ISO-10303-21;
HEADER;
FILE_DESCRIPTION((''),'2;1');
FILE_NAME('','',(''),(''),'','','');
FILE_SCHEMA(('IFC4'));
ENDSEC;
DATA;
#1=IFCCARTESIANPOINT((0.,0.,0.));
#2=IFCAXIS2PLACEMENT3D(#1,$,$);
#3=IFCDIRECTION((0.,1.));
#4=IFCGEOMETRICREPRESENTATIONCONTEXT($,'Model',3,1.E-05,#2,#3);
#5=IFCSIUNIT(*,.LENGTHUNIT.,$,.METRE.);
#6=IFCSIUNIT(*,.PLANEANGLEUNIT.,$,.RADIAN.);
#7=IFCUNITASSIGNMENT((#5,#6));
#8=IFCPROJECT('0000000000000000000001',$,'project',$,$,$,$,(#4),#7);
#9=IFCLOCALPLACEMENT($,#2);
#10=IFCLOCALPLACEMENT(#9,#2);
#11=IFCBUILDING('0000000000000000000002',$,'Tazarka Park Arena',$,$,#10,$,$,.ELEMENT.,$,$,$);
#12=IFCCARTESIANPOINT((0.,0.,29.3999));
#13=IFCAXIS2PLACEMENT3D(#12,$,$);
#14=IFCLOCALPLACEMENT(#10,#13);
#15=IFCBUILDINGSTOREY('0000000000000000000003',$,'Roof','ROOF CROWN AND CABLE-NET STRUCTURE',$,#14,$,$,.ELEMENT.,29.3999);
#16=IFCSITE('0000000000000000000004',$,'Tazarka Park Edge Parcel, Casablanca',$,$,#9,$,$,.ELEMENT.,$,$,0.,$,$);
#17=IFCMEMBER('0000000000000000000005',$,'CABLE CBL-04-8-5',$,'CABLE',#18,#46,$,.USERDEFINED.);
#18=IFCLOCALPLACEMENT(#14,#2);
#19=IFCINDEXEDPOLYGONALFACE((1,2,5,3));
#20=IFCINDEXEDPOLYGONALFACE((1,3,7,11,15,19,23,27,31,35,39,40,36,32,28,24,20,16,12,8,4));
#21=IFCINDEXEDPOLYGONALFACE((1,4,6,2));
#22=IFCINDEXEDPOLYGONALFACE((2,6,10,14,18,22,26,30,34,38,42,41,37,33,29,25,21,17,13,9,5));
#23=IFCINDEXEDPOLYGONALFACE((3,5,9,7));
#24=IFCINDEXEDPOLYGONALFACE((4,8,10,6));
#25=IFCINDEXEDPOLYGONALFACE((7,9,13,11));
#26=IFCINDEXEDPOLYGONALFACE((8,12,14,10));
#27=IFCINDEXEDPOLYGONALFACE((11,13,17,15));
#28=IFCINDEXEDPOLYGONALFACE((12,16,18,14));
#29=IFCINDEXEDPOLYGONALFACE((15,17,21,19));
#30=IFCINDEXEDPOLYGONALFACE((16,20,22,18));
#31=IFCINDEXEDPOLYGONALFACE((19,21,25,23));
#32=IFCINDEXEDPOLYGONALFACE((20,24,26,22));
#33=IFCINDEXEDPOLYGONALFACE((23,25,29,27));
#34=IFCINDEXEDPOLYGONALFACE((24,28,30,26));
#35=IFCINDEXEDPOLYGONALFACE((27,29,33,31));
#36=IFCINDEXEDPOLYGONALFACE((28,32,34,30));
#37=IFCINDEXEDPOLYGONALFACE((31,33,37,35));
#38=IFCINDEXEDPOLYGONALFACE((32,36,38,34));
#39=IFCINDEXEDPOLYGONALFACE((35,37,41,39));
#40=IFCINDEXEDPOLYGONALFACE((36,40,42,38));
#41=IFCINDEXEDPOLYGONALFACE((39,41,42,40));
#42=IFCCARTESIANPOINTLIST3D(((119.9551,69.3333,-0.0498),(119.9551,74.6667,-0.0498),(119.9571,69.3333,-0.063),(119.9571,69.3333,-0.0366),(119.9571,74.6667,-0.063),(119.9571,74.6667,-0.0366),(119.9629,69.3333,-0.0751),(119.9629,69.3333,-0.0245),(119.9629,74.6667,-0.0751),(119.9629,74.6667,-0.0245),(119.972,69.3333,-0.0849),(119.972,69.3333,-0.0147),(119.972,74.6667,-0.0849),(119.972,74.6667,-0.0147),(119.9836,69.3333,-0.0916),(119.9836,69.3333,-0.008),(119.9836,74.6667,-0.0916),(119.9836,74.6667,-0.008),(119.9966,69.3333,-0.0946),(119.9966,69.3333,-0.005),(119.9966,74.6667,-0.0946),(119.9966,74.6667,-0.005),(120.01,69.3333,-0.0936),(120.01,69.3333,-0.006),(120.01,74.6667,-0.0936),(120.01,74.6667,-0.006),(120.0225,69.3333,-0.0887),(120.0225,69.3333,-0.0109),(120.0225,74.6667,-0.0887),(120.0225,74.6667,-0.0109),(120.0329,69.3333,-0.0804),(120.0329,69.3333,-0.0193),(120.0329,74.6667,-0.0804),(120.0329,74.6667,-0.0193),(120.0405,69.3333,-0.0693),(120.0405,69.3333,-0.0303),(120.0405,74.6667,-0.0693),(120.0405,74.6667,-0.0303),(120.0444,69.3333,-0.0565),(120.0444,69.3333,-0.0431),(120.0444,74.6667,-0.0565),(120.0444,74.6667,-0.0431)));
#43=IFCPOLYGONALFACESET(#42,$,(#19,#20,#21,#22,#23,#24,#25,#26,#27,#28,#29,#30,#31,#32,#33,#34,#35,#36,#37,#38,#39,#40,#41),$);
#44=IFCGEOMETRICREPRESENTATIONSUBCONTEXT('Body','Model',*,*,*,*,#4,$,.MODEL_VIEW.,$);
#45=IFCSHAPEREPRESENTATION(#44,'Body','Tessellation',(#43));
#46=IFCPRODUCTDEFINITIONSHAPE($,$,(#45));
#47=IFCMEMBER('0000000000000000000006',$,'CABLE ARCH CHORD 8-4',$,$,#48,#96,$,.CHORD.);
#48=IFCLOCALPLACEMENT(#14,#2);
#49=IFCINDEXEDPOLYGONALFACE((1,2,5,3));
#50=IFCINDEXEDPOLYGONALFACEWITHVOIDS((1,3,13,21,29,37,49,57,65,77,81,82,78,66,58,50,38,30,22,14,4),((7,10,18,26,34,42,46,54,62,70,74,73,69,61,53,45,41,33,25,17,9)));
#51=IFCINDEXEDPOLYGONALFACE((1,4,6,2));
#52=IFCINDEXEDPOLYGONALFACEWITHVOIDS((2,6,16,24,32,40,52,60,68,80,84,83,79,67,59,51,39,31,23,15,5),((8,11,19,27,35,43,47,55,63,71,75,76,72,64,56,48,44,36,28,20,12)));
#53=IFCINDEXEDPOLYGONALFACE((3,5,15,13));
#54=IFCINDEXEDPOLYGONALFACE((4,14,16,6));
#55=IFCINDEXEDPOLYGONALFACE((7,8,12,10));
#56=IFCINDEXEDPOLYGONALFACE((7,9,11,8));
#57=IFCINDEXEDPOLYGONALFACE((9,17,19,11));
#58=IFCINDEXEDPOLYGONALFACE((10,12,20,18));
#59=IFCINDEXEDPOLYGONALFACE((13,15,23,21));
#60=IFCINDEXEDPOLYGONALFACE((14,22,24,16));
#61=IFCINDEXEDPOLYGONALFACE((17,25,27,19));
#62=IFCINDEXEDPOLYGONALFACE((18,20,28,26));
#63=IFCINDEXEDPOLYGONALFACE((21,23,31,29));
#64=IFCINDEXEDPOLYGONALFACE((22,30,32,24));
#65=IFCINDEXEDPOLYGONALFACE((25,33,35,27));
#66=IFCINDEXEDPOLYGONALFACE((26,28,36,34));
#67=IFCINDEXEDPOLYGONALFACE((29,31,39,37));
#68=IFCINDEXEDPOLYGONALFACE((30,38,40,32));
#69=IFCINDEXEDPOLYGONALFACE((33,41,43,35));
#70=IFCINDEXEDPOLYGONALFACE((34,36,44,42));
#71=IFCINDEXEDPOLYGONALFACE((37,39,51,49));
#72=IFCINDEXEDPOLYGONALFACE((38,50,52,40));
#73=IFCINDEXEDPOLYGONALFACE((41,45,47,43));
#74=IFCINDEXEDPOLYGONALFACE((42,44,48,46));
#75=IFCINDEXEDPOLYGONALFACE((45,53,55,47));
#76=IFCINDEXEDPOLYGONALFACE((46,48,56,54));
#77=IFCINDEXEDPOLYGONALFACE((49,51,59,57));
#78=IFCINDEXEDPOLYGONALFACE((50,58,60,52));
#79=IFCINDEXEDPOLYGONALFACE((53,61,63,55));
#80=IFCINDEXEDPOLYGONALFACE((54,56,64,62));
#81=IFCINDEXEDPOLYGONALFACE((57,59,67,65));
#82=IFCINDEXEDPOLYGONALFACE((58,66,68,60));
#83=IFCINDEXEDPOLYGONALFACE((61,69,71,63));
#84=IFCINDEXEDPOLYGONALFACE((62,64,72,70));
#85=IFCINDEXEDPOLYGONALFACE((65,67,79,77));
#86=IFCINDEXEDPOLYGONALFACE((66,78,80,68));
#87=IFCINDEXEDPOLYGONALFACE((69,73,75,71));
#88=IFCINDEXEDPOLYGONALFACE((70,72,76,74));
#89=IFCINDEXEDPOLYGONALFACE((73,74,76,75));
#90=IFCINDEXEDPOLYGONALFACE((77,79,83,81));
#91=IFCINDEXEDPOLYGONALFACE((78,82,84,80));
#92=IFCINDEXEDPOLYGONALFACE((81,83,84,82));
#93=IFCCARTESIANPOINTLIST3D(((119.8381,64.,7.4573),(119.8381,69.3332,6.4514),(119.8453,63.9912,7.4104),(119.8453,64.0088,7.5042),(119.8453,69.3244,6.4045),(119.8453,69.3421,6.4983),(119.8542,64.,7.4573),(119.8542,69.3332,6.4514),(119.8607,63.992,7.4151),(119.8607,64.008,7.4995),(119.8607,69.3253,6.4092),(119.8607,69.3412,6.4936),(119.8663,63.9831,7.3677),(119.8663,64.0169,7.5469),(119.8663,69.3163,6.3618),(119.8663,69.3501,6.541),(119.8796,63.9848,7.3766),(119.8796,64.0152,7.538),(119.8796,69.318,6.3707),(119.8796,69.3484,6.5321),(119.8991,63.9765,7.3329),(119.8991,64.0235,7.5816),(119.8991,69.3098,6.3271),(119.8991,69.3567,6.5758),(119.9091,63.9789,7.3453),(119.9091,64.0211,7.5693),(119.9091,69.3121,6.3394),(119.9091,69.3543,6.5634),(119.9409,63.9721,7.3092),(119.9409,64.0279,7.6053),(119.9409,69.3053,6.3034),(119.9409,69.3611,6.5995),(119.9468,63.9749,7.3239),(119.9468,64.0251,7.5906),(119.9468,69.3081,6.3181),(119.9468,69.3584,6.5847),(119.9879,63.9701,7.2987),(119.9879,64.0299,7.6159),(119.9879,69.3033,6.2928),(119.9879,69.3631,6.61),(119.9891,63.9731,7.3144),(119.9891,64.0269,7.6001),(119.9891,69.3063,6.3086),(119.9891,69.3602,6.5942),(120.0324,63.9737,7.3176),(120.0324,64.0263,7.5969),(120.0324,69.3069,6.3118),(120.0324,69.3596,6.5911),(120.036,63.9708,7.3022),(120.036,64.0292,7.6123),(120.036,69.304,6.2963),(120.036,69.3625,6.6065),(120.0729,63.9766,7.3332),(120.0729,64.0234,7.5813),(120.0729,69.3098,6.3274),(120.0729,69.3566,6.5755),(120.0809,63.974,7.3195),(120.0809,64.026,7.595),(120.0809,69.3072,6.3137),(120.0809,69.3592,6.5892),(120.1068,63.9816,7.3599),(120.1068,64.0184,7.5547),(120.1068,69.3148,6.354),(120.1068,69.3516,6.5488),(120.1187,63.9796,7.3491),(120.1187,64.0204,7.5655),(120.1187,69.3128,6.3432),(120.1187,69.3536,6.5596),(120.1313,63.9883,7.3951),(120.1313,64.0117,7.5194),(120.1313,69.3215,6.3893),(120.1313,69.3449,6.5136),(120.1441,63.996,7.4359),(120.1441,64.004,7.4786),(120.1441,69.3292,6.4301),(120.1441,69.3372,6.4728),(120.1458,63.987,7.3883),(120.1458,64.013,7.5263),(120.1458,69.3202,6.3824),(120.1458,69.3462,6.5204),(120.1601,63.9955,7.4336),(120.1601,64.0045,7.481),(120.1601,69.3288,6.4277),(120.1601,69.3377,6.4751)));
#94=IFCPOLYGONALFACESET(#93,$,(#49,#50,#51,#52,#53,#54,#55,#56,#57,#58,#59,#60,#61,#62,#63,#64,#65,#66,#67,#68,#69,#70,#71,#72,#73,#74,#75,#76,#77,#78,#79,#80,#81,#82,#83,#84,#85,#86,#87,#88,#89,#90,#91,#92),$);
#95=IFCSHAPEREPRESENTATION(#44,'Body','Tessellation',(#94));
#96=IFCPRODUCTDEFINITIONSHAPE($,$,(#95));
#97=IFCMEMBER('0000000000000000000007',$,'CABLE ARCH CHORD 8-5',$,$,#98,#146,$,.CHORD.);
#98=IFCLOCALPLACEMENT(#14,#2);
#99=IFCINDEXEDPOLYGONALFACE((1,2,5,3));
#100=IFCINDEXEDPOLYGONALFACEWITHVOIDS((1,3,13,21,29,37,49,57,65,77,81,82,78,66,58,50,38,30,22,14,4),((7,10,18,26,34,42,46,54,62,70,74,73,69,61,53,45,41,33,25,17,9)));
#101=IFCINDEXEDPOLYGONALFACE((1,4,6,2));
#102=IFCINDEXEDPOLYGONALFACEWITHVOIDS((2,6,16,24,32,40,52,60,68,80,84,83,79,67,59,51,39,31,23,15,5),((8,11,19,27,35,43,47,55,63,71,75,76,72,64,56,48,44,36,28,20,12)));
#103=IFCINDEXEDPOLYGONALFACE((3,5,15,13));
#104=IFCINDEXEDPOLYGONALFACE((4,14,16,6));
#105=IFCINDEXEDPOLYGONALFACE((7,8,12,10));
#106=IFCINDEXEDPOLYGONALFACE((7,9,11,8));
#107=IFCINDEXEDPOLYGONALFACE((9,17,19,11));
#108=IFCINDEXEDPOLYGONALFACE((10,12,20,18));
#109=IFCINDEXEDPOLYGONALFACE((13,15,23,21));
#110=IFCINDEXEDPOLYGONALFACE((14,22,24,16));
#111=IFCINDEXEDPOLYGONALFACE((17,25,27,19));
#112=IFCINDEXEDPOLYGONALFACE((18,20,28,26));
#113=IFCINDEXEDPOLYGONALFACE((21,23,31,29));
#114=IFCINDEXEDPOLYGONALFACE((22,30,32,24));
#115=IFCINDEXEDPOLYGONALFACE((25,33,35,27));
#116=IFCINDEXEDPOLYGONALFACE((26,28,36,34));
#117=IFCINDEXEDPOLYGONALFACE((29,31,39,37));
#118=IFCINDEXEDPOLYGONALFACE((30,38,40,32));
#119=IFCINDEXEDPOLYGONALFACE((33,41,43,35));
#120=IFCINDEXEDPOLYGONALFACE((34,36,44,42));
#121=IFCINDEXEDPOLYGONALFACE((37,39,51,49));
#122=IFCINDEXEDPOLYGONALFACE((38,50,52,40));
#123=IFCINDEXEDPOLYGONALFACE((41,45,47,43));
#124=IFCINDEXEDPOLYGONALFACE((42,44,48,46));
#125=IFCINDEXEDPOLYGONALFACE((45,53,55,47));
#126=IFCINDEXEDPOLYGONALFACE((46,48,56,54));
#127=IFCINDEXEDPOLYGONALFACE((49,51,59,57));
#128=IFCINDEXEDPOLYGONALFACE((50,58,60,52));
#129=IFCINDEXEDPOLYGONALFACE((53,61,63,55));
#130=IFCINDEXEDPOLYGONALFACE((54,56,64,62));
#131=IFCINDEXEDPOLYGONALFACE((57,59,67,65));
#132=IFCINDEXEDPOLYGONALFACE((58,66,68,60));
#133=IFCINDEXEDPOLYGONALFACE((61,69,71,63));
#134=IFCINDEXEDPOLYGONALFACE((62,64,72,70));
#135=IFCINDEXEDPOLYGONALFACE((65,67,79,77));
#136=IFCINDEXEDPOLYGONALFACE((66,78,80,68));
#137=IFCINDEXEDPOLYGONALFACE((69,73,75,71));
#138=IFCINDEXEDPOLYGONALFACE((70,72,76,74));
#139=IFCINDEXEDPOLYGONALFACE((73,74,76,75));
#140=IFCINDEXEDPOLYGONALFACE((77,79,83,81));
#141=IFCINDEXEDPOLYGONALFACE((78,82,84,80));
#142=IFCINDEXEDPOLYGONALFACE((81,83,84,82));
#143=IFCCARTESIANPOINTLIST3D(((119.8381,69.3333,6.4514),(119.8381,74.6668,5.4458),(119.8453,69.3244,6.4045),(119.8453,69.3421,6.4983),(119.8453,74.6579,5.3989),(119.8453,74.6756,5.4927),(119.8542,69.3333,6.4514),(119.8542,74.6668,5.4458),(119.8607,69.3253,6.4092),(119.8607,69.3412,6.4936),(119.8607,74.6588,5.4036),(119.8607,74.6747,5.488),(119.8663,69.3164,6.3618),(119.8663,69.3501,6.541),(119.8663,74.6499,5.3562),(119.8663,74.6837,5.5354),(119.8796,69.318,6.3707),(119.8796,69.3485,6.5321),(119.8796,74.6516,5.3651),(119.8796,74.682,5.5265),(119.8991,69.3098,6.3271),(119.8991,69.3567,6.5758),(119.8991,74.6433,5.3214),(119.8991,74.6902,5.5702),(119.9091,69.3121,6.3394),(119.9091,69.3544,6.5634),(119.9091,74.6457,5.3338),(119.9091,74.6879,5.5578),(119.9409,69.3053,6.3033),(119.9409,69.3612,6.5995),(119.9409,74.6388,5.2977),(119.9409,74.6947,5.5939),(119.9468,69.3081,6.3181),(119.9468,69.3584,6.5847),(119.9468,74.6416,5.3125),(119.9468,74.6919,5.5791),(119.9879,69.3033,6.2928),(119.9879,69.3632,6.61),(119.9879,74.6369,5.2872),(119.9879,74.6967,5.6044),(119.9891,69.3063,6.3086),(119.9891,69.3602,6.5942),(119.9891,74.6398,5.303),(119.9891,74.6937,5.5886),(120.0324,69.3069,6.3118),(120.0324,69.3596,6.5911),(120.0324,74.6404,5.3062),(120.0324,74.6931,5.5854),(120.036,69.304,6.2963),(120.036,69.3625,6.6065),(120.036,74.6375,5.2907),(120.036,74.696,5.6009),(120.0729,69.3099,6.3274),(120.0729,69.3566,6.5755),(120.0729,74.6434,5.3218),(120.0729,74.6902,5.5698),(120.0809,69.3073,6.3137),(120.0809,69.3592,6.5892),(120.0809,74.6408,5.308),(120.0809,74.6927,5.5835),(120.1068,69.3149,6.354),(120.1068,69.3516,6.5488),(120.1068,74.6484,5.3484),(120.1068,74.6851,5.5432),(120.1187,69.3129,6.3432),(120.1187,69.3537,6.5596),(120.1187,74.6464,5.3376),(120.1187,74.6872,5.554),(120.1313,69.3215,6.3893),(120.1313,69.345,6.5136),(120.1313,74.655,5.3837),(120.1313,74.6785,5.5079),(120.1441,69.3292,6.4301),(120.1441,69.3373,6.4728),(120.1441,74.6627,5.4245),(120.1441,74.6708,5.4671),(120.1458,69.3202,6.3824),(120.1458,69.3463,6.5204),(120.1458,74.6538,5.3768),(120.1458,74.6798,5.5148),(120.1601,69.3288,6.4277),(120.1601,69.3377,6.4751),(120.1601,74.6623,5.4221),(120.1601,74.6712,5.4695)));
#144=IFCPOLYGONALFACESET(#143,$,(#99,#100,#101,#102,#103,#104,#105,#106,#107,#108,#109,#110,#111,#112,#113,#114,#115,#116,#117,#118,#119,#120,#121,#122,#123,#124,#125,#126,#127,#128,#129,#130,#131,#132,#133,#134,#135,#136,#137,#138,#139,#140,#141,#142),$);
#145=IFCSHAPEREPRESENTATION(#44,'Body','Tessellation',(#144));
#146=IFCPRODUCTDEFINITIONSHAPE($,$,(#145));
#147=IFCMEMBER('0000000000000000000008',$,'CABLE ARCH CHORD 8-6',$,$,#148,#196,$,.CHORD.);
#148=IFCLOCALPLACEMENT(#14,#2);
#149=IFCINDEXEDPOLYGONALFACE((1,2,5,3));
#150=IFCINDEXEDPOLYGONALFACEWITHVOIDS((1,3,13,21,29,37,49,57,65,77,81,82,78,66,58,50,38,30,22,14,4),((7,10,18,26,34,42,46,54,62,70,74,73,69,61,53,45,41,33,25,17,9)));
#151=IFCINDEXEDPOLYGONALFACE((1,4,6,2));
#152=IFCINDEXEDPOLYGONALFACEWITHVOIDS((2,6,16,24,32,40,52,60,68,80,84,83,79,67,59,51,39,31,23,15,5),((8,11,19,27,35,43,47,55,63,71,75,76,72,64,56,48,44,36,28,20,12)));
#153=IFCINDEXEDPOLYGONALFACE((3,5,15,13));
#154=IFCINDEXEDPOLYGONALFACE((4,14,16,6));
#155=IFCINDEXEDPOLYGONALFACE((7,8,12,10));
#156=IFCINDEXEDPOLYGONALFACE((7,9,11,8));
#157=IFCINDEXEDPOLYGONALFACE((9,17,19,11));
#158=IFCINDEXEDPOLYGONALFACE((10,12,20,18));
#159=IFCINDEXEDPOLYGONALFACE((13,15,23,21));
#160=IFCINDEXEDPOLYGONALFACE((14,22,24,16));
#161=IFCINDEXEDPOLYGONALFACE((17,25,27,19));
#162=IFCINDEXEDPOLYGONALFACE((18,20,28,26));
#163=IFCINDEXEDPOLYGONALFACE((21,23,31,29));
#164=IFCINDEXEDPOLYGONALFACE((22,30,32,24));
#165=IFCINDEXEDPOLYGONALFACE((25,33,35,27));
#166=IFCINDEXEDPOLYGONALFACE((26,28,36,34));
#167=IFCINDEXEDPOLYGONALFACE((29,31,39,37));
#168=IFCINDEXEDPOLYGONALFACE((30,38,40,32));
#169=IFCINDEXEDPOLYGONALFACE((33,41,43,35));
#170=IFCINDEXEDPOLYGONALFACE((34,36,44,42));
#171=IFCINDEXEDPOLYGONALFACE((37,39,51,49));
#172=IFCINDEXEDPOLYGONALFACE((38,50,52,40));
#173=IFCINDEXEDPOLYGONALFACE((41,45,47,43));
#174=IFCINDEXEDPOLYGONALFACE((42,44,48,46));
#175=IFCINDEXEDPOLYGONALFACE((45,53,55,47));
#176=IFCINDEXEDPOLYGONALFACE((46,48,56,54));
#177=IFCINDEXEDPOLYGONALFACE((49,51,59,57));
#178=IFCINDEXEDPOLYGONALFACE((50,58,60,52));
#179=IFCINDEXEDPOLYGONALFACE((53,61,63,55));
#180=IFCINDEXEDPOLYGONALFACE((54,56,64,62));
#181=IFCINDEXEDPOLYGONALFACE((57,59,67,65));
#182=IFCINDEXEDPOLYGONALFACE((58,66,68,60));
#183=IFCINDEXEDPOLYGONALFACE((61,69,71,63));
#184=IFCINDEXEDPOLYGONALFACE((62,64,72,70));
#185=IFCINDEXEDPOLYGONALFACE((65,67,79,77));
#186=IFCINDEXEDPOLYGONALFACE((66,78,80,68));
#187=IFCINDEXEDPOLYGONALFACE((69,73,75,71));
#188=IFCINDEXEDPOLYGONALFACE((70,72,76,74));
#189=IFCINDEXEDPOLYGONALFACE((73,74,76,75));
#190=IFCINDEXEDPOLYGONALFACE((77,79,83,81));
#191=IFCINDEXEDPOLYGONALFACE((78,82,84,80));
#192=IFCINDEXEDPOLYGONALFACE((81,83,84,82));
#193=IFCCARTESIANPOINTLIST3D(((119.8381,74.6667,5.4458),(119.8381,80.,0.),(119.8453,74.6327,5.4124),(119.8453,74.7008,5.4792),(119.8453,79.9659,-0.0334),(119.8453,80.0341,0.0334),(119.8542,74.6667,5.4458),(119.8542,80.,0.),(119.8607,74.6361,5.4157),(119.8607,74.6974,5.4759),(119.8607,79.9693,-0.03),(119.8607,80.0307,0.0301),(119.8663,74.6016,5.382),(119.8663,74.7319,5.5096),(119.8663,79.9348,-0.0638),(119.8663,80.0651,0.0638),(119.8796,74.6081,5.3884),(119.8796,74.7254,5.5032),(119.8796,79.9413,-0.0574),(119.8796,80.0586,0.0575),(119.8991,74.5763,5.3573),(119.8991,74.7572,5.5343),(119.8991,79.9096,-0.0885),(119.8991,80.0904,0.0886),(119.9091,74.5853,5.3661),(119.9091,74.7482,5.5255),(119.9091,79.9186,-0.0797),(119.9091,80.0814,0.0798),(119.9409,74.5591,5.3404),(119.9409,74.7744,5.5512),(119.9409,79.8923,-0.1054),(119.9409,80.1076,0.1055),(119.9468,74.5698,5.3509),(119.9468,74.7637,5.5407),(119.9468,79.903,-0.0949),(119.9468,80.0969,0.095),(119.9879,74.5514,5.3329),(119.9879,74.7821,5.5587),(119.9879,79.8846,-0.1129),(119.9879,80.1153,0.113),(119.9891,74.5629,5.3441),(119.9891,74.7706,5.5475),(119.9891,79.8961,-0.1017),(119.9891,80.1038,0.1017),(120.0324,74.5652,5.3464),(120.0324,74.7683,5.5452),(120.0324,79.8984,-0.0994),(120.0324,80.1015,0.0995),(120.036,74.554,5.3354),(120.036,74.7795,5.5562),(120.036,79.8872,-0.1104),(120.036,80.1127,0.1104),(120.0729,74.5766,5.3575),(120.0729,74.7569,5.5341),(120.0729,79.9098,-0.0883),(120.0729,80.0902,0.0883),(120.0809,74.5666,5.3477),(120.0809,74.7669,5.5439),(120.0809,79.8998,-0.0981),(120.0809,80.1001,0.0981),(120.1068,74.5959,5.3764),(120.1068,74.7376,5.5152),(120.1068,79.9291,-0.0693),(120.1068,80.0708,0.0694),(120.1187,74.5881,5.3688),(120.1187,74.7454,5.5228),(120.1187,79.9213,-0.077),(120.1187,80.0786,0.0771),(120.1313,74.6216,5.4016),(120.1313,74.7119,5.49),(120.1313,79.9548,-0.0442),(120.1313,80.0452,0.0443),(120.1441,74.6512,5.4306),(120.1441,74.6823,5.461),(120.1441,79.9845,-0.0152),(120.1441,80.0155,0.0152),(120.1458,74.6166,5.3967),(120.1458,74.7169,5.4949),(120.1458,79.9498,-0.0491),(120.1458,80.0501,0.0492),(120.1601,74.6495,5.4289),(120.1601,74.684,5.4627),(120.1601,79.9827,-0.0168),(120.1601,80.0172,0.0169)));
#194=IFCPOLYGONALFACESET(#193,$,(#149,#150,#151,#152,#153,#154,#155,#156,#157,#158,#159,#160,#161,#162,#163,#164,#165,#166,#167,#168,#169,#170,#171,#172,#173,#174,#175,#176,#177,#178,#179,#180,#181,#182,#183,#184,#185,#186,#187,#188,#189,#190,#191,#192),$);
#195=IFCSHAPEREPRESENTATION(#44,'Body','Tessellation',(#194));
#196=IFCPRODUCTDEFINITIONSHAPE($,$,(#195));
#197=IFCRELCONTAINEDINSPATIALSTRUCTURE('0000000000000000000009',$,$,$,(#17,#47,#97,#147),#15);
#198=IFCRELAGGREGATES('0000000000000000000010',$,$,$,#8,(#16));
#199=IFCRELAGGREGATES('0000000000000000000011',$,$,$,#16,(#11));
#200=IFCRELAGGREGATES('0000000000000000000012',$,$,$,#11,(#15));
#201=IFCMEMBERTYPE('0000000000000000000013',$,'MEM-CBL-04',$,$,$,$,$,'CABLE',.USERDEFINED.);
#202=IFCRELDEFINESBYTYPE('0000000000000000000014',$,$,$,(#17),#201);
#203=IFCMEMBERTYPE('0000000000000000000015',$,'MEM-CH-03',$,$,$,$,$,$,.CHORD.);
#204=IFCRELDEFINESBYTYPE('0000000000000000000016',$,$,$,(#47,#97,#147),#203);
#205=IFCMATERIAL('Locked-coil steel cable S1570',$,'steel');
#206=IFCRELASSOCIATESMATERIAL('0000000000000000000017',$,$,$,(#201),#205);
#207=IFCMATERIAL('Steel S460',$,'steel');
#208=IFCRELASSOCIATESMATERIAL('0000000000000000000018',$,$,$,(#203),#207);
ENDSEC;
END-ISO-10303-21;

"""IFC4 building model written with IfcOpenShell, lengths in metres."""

from ifc_helpers import new_model, si_unit, direction, frame, origin, origin_2d, place, context, subcontext, project, spatial, circle, hollow_circle, extrude, material, material_profile, profile_set, type_object, element, save


model = new_model("IFC4")

# Units and contexts
model_context = context("Model", 3, precision=1e-05, world=origin(), true_north=direction((0.0, 1.0)))
body_context = subcontext(model_context, "Body", "Model", "MODEL_VIEW")
ifc_project = project(units=[si_unit("LENGTHUNIT", "METRE"), si_unit("PLANEANGLEUNIT", "RADIAN")], contexts=[model_context])

# Site, building, storey
site_placement = place(None, origin())
site = spatial("IfcSite", under=ifc_project, at=site_placement, Name="Tazarka Park Edge Parcel, Casablanca", CompositionType="ELEMENT", RefElevation=0.0)
building_placement = place(site_placement, origin())
building = spatial("IfcBuilding", under=site, at=building_placement, Name="Tazarka Park Arena", CompositionType="ELEMENT")
storey_placement = place(building_placement, frame((0.0, 0.0, 29.3999)))
storey = spatial("IfcBuildingStorey", under=building, at=storey_placement, Name="Roof", Description="ROOF CROWN AND CABLE-NET STRUCTURE", CompositionType="ELEMENT", Elevation=29.3999)

# Members
ifc_material_1 = material(Name="Locked-coil steel cable S1570", Category="steel")
ifc_material_profile_1 = material_profile(ifc_material_1, circle(Radius=0.0449, at=origin_2d()), Name="Locked-coil steel cable S1570")
ifc_profile_set_1 = profile_set([ifc_material_profile_1], Name="Locked-coil steel cable S1570")
member_type_1 = type_object("IfcMemberType", Name="MEM-CBL-04", ElementType="CABLE", PredefinedType="USERDEFINED", material=ifc_profile_set_1)
member_1_placement = place(storey_placement, frame((120.0, 69.3333, -0.0498), z_axis=(0.0, 1.0, 0.0), x_axis=(-1.0, 0.0, 0.0)))
element("IfcMember", 1, at=member_1_placement, inside=storey, type_object=member_type_1, Name="CABLE CBL-04-8-5", ObjectType="CABLE", PredefinedType="USERDEFINED", context=body_context, shape_type="SweptSolid", body=[
    extrude(circle(Radius=0.0449, at=origin_2d()), origin(), (0.0, 0.0, 1.0), 5.3335),
])
ifc_material_2 = material(Name="Steel S460", Category="steel")
ifc_material_profile_2 = material_profile(ifc_material_2, hollow_circle(Radius=0.1619, WallThickness=0.0161, at=origin_2d()), Name="Steel S460")
ifc_profile_set_2 = profile_set([ifc_material_profile_2], Name="Steel S460")
member_type_2 = type_object("IfcMemberType", Name="MEM-CH-03", PredefinedType="CHORD", material=ifc_profile_set_2)
member_2_placement = place(storey_placement, frame((120.0, 64.0, 7.4573), z_axis=(0.0, 0.982676, -0.185334), x_axis=(-1.0, 0.0, 0.0)))
element("IfcMember", 2, at=member_2_placement, inside=storey, type_object=member_type_2, Name="CABLE ARCH CHORD 8-4", PredefinedType="CHORD", context=body_context, shape_type="SweptSolid", body=[
    extrude(hollow_circle(Radius=0.1619, WallThickness=0.0161, at=origin_2d()), origin(), (0.0, 0.0, 1.0), 5.4272),
])
member_3_placement = place(storey_placement, frame((120.0, 69.3333, 6.4514), z_axis=(0.0, 0.982685, -0.185282), x_axis=(-1.0, 0.0, 0.0)))
element("IfcMember", 3, at=member_3_placement, inside=storey, type_object=member_type_2, Name="CABLE ARCH CHORD 8-5", PredefinedType="CHORD", context=body_context, shape_type="SweptSolid", body=[
    extrude(hollow_circle(Radius=0.1619, WallThickness=0.0161, at=origin_2d()), origin(), (0.0, 0.0, 1.0), 5.4275),
])
member_4_placement = place(storey_placement, frame((120.0, 74.6667, 5.4458), z_axis=(0.0, 0.699685, -0.714451), x_axis=(-1.0, 0.0, 0.0)))
element("IfcMember", 4, at=member_4_placement, inside=storey, type_object=member_type_2, Name="CABLE ARCH CHORD 8-6", PredefinedType="CHORD", context=body_context, shape_type="SweptSolid", body=[
    extrude(hollow_circle(Radius=0.1619, WallThickness=0.0161, at=origin_2d()), origin(), (0.0, 0.0, 1.0), 7.6223),
])

save(model, "model.ifc")
